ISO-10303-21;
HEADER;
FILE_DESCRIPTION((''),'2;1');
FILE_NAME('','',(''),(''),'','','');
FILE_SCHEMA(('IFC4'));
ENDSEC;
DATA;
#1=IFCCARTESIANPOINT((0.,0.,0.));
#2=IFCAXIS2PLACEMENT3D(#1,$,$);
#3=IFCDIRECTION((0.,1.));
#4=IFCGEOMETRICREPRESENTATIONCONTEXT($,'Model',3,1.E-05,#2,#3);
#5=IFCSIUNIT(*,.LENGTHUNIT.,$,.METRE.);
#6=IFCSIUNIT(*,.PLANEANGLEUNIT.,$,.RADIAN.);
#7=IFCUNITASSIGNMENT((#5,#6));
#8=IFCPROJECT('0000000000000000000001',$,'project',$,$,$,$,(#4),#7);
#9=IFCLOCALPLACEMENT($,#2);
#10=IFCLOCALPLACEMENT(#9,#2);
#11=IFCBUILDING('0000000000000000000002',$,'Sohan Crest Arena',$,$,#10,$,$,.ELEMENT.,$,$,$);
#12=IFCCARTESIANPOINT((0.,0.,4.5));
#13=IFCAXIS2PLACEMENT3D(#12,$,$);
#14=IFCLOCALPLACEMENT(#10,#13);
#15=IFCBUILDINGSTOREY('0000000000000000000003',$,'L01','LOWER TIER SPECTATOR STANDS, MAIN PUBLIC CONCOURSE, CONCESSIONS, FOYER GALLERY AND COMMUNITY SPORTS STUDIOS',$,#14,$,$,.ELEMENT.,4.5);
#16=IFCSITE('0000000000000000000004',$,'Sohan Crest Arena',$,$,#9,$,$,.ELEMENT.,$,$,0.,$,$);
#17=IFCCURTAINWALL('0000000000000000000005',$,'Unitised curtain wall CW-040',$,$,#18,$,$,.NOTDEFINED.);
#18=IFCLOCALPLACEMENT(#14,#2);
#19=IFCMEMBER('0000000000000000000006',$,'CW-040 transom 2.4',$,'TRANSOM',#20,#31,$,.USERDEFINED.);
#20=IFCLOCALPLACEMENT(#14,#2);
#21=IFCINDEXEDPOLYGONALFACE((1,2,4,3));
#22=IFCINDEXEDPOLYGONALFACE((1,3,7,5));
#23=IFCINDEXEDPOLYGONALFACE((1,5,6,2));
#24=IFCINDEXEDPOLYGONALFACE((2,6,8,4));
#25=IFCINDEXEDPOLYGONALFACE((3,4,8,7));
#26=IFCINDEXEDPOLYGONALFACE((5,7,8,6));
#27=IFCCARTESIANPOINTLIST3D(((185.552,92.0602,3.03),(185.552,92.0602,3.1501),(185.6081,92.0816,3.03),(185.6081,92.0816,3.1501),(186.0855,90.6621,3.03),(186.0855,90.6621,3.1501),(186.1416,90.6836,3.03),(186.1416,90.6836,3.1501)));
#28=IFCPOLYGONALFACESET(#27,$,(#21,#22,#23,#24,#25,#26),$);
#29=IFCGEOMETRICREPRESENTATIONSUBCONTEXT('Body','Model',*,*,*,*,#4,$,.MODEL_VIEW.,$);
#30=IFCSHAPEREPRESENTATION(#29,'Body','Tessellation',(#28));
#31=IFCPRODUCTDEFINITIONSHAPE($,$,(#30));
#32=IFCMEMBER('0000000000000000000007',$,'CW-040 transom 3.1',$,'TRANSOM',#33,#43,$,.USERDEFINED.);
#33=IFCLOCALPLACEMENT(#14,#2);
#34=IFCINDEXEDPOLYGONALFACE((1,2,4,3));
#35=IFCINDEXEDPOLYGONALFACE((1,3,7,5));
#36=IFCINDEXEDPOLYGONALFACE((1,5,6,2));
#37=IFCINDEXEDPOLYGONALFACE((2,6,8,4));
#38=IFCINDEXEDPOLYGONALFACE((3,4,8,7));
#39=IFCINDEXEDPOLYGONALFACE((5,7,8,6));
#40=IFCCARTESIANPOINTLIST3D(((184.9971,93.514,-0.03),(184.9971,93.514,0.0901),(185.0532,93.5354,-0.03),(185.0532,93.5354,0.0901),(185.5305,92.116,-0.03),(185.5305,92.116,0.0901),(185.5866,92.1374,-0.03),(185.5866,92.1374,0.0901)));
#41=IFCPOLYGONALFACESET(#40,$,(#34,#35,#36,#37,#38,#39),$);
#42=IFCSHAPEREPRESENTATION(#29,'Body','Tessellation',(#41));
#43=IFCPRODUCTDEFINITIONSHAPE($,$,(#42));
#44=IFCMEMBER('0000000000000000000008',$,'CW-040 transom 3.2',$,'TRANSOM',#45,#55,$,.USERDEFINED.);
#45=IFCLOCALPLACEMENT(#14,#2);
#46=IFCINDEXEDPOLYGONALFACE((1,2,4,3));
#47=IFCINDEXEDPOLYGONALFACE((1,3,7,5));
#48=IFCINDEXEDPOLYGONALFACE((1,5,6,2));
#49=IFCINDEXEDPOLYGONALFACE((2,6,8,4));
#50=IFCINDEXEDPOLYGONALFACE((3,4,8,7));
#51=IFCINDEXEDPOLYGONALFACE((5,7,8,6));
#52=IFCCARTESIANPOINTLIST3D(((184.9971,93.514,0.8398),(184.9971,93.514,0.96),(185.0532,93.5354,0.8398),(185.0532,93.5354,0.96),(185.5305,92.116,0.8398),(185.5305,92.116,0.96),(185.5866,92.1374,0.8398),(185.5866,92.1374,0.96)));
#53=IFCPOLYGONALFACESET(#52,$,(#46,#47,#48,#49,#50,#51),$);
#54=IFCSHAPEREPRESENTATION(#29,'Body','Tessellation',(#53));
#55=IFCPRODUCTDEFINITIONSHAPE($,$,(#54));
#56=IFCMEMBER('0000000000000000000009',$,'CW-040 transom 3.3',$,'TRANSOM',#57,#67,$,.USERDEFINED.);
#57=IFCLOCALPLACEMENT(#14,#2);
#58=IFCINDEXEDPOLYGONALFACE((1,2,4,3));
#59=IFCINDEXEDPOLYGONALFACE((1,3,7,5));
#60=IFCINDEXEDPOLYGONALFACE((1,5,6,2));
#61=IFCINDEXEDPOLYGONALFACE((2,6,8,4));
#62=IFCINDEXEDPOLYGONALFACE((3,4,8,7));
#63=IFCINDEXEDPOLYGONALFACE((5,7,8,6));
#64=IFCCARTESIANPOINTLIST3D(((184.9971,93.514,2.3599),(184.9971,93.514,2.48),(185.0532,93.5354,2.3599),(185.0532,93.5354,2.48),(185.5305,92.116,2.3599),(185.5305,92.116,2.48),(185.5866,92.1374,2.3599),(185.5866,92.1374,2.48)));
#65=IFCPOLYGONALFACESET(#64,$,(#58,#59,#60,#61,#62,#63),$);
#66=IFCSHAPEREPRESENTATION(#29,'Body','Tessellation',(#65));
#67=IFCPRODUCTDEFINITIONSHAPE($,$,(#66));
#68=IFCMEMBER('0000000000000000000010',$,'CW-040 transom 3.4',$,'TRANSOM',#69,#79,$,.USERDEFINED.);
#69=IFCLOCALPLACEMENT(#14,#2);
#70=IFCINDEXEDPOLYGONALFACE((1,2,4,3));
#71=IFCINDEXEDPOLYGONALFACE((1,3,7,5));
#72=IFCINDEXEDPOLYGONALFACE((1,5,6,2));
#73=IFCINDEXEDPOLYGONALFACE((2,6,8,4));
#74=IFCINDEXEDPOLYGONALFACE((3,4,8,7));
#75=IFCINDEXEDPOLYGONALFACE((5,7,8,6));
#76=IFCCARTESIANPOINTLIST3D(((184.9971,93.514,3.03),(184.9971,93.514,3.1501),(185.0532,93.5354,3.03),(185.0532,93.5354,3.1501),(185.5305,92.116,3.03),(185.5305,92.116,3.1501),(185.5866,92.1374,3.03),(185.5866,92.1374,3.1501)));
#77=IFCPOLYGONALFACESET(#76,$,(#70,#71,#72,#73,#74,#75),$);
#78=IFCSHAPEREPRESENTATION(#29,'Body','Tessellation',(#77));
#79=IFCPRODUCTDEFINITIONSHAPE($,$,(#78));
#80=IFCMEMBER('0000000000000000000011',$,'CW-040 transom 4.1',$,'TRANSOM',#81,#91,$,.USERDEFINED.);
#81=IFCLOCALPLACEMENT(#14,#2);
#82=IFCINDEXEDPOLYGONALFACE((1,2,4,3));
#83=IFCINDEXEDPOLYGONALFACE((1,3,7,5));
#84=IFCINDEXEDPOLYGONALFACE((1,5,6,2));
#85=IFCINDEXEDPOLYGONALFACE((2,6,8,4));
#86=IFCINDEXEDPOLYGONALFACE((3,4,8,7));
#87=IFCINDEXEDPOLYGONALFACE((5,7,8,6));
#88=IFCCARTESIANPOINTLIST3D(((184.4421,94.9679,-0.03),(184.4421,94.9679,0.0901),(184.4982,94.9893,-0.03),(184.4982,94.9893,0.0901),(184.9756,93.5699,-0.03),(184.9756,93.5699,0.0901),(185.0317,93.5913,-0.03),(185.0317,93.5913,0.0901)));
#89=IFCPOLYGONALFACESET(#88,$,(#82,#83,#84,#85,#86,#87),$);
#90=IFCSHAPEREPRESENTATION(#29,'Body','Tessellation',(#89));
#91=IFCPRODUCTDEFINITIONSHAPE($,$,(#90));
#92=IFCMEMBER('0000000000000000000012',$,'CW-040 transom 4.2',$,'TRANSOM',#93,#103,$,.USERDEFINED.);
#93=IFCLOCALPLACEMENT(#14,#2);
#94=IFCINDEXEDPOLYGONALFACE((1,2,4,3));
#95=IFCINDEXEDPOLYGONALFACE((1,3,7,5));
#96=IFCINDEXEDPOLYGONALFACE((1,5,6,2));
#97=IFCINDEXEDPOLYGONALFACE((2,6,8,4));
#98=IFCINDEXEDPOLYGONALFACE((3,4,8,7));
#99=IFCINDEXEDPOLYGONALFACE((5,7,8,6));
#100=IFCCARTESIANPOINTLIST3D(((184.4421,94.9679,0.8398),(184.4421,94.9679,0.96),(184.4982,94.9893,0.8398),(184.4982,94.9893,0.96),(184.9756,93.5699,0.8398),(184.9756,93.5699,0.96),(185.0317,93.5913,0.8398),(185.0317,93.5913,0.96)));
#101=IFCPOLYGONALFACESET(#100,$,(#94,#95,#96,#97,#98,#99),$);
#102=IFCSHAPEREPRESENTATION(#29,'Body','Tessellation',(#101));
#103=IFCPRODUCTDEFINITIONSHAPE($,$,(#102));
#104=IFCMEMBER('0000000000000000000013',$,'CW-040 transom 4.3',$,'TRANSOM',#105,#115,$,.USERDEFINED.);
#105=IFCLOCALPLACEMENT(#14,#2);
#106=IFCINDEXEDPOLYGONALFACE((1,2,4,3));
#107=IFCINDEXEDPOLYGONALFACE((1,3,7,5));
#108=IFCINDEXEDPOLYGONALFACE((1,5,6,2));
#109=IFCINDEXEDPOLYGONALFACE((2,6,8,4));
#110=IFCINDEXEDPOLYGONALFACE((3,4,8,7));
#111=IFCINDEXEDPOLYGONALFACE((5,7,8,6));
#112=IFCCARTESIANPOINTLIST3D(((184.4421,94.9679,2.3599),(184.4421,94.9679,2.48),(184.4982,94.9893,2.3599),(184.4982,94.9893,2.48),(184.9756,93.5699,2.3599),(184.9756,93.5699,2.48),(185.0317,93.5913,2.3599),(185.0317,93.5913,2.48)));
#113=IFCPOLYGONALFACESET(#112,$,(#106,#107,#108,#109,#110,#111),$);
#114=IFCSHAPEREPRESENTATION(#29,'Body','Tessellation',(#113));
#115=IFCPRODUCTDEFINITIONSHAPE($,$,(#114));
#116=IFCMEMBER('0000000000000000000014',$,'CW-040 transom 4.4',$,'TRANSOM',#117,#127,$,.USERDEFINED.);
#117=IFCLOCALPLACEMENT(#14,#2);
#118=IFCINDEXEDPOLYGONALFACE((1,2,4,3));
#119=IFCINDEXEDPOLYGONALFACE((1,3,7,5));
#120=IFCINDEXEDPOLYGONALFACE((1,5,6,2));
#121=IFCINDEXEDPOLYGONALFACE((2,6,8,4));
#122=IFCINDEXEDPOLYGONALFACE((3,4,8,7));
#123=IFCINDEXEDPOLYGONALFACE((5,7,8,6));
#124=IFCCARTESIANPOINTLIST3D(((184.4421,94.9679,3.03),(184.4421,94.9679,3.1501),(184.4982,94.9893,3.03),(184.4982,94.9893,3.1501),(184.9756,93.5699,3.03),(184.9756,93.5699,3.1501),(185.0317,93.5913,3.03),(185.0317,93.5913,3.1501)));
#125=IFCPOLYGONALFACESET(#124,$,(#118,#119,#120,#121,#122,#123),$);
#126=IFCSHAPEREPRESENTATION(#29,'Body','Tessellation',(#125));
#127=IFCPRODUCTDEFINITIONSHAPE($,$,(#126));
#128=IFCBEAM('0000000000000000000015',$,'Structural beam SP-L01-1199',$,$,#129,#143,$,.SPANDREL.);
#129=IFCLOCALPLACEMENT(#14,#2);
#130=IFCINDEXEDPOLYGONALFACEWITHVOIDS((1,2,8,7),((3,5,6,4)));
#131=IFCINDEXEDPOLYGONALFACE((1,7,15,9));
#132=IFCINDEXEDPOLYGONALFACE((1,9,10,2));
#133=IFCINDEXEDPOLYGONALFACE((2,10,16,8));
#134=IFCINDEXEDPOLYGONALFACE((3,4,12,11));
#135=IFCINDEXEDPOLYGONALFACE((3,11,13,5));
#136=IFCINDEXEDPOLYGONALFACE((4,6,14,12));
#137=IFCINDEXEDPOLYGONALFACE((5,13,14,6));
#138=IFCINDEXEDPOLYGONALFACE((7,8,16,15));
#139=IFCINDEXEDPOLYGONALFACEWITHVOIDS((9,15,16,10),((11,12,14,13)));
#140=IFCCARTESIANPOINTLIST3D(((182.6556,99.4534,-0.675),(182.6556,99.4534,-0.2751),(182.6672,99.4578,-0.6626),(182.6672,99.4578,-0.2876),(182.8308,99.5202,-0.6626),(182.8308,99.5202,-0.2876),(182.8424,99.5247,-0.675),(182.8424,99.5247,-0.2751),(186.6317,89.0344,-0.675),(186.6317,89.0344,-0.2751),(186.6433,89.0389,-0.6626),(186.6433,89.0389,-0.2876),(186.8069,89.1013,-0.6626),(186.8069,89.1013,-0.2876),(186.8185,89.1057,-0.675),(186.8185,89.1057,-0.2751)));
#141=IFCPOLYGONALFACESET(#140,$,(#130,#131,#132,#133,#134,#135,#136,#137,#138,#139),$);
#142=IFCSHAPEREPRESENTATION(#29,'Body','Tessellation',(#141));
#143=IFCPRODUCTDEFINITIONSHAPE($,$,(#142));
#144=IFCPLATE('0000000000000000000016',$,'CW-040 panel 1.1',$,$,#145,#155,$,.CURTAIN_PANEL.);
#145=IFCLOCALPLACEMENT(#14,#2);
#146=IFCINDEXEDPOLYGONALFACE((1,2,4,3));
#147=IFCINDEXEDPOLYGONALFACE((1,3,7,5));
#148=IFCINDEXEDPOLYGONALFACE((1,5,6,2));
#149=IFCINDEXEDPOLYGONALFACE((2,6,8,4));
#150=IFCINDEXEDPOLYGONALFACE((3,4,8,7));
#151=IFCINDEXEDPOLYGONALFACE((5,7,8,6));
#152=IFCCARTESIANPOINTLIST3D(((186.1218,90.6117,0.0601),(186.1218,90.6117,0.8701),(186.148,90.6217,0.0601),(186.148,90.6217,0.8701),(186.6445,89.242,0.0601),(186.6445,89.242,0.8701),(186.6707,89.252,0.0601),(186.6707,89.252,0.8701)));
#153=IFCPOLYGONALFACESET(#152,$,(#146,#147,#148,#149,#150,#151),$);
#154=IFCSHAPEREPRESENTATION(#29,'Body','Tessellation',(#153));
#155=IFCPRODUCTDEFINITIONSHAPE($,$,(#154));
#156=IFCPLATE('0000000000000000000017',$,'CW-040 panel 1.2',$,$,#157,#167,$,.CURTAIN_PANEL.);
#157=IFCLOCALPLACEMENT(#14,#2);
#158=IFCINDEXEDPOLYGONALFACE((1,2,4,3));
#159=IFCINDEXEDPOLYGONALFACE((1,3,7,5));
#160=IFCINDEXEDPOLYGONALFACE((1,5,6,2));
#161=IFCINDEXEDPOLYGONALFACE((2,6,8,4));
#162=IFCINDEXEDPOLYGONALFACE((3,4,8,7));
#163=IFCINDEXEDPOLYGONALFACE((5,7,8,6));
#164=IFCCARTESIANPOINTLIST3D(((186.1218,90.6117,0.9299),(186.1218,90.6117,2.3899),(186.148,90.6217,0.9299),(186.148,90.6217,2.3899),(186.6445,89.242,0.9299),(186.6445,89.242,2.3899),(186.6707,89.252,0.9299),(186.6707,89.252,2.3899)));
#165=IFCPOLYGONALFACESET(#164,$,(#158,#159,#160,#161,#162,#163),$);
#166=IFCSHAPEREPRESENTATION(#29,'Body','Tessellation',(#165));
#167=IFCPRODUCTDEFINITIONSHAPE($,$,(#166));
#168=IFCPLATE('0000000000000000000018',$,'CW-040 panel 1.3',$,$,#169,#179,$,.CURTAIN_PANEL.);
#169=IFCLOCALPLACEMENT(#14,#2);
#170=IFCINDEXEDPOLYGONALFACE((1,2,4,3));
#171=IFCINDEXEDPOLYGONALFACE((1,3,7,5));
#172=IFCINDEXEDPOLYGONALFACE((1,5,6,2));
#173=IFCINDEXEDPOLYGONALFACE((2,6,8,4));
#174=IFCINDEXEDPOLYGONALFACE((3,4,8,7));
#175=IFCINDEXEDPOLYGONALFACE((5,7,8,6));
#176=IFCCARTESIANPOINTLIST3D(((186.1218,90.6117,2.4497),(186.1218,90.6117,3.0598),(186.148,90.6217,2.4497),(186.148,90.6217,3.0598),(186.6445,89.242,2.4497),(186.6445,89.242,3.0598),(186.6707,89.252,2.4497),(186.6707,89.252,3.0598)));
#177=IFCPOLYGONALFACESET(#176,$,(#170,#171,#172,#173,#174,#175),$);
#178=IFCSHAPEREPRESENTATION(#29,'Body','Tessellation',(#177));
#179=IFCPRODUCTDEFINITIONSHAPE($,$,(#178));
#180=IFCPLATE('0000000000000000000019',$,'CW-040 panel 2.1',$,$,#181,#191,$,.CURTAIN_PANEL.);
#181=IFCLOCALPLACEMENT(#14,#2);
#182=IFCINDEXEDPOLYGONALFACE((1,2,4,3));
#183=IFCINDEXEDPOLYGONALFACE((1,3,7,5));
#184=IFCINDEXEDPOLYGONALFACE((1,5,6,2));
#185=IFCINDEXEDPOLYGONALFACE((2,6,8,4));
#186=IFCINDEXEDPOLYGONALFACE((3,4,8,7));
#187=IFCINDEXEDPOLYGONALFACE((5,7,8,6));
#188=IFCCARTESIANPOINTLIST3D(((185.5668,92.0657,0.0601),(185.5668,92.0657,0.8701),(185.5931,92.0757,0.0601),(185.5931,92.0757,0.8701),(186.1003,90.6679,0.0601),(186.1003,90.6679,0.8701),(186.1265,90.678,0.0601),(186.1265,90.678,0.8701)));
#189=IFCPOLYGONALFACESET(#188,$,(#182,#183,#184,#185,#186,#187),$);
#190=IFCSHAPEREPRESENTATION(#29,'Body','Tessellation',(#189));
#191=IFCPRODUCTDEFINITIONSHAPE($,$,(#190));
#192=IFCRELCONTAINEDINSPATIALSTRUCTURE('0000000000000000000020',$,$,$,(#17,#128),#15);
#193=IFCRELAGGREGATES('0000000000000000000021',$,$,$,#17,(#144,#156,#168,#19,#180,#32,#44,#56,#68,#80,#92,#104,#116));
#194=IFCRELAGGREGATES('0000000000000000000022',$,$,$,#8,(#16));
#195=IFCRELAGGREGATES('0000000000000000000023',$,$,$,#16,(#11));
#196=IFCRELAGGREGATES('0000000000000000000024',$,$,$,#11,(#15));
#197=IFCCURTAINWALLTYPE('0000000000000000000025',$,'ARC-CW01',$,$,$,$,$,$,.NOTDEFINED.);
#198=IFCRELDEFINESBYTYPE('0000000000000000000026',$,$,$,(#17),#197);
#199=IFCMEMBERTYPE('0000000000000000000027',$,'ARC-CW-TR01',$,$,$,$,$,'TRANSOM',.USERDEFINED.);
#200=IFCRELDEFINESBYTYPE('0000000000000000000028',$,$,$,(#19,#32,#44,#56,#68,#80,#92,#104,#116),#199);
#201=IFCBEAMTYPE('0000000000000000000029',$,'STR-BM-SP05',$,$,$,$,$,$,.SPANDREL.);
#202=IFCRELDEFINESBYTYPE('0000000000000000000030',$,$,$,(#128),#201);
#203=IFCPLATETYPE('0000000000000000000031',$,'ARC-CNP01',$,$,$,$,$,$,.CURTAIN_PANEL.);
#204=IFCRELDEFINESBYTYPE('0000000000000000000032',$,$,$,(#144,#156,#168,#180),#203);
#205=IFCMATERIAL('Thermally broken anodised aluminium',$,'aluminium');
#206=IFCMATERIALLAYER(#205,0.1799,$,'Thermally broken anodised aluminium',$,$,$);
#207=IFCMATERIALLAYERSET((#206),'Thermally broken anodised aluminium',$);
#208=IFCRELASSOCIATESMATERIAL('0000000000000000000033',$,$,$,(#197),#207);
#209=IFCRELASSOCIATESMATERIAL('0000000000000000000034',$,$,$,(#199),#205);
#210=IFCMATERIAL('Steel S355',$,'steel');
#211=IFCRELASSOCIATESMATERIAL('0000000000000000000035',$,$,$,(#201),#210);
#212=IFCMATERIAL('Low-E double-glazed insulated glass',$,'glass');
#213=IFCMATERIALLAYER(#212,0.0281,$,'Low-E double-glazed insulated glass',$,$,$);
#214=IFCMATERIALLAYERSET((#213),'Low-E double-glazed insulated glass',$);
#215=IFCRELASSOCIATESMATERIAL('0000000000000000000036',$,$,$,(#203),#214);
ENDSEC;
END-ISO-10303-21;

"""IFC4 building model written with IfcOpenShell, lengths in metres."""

from ifc_helpers import new_model, si_unit, direction, frame, origin, origin_2d, place, context, subcontext, project, spatial, rectangle, hollow_rectangle, extrude, material, layer, layer_set, material_profile, profile_set, type_object, element, aggregate, save


model = new_model("IFC4")

# Units and contexts
model_context = context("Model", 3, precision=1e-05, world=origin(), true_north=direction((0.0, 1.0)))
body_context = subcontext(model_context, "Body", "Model", "MODEL_VIEW")
ifc_project = project(units=[si_unit("LENGTHUNIT", "METRE"), si_unit("PLANEANGLEUNIT", "RADIAN")], contexts=[model_context])

# Site, building, storey
site_placement = place(None, origin())
site = spatial("IfcSite", under=ifc_project, at=site_placement, Name="Sohan Crest Arena", CompositionType="ELEMENT", RefElevation=0.0)
building_placement = place(site_placement, origin())
building = spatial("IfcBuilding", under=site, at=building_placement, Name="Sohan Crest Arena", CompositionType="ELEMENT")
storey_placement = place(building_placement, frame((0.0, 0.0, 4.5)))
storey = spatial("IfcBuildingStorey", under=building, at=storey_placement, Name="L01", Description="LOWER TIER SPECTATOR STANDS, MAIN PUBLIC CONCOURSE, CONCESSIONS, FOYER GALLERY AND COMMUNITY SPORTS STUDIOS", CompositionType="ELEMENT", Elevation=4.5)

# Shared definitions
ifc_material_1 = material(Name="Steel S355", Category="steel")

# Curtain wall
ifc_material_2 = material(Name="Thermally broken anodised aluminium", Category="aluminium")
ifc_layer_1 = layer(ifc_material_2, 0.1799, Name="Thermally broken anodised aluminium")
ifc_layer_set_1 = layer_set([ifc_layer_1], Name="Thermally broken anodised aluminium")
curtain_wall_type_1 = type_object("IfcCurtainWallType", Name="ARC-CW01", PredefinedType="NOTDEFINED", material=ifc_layer_set_1)
curtain_wall_1_placement = place(storey_placement, origin())
curtain_wall_1 = element("IfcCurtainWall", 1, at=curtain_wall_1_placement, inside=storey, type_object=curtain_wall_type_1, Name="Unitised curtain wall CW-040", PredefinedType="NOTDEFINED")

# Members
ifc_material_profile_1 = material_profile(ifc_material_2, rectangle(XDim=0.0601, YDim=0.1201, at=origin_2d()), Name="ALU-TRAN 60x120")
ifc_profile_set_1 = profile_set([ifc_material_profile_1], Name="Thermally broken anodised aluminium")
member_type_1 = type_object("IfcMemberType", Name="ARC-CW-TR01", ElementType="TRANSOM", PredefinedType="USERDEFINED", material=ifc_profile_set_1)
member_1_placement = place(storey_placement, frame((186.1135, 90.6729, 3.0901), z_axis=(-0.356518, 0.934289, 0.0), x_axis=(-0.934289, -0.356518, 0.0)))
member_1 = element("IfcMember", 2, at=member_1_placement, type_object=member_type_1, Name="CW-040 transom 2.4", ObjectType="TRANSOM", PredefinedType="USERDEFINED", context=body_context, shape_type="SweptSolid", body=[
    extrude(rectangle(XDim=0.0601, YDim=0.1201, at=origin_2d()), origin(), (0.0, 0.0, 1.0), 1.4963),
])
member_2_placement = place(storey_placement, frame((185.5586, 92.1267, 0.03), z_axis=(-0.356518, 0.934289, 0.0), x_axis=(-0.934289, -0.356518, 0.0)))
member_2 = element("IfcMember", 3, at=member_2_placement, type_object=member_type_1, Name="CW-040 transom 3.1", ObjectType="TRANSOM", PredefinedType="USERDEFINED", context=body_context, shape_type="SweptSolid", body=[
    extrude(rectangle(XDim=0.0601, YDim=0.1201, at=origin_2d()), origin(), (0.0, 0.0, 1.0), 1.4963),
])
member_3_placement = place(storey_placement, frame((185.5586, 92.1267, 0.8999), z_axis=(-0.356518, 0.934289, 0.0), x_axis=(-0.934289, -0.356518, 0.0)))
member_3 = element("IfcMember", 4, at=member_3_placement, type_object=member_type_1, Name="CW-040 transom 3.2", ObjectType="TRANSOM", PredefinedType="USERDEFINED", context=body_context, shape_type="SweptSolid", body=[
    extrude(rectangle(XDim=0.0601, YDim=0.1201, at=origin_2d()), origin(), (0.0, 0.0, 1.0), 1.4963),
])
member_4_placement = place(storey_placement, frame((185.5586, 92.1267, 2.4199), z_axis=(-0.356518, 0.934289, 0.0), x_axis=(-0.934289, -0.356518, 0.0)))
member_4 = element("IfcMember", 5, at=member_4_placement, type_object=member_type_1, Name="CW-040 transom 3.3", ObjectType="TRANSOM", PredefinedType="USERDEFINED", context=body_context, shape_type="SweptSolid", body=[
    extrude(rectangle(XDim=0.0601, YDim=0.1201, at=origin_2d()), origin(), (0.0, 0.0, 1.0), 1.4963),
])
member_5_placement = place(storey_placement, frame((185.5586, 92.1267, 3.0901), z_axis=(-0.356518, 0.934289, 0.0), x_axis=(-0.934289, -0.356518, 0.0)))
member_5 = element("IfcMember", 6, at=member_5_placement, type_object=member_type_1, Name="CW-040 transom 3.4", ObjectType="TRANSOM", PredefinedType="USERDEFINED", context=body_context, shape_type="SweptSolid", body=[
    extrude(rectangle(XDim=0.0601, YDim=0.1201, at=origin_2d()), origin(), (0.0, 0.0, 1.0), 1.4963),
])
member_6_placement = place(storey_placement, frame((185.0037, 93.5806, 0.03), z_axis=(-0.356518, 0.934289, 0.0), x_axis=(-0.934289, -0.356518, 0.0)))
member_6 = element("IfcMember", 7, at=member_6_placement, type_object=member_type_1, Name="CW-040 transom 4.1", ObjectType="TRANSOM", PredefinedType="USERDEFINED", context=body_context, shape_type="SweptSolid", body=[
    extrude(rectangle(XDim=0.0601, YDim=0.1201, at=origin_2d()), origin(), (0.0, 0.0, 1.0), 1.4963),
])
member_7_placement = place(storey_placement, frame((185.0037, 93.5806, 0.8999), z_axis=(-0.356518, 0.934289, 0.0), x_axis=(-0.934289, -0.356518, 0.0)))
member_7 = element("IfcMember", 8, at=member_7_placement, type_object=member_type_1, Name="CW-040 transom 4.2", ObjectType="TRANSOM", PredefinedType="USERDEFINED", context=body_context, shape_type="SweptSolid", body=[
    extrude(rectangle(XDim=0.0601, YDim=0.1201, at=origin_2d()), origin(), (0.0, 0.0, 1.0), 1.4963),
])
member_8_placement = place(storey_placement, frame((185.0037, 93.5806, 2.4199), z_axis=(-0.356518, 0.934289, 0.0), x_axis=(-0.934289, -0.356518, 0.0)))
member_8 = element("IfcMember", 9, at=member_8_placement, type_object=member_type_1, Name="CW-040 transom 4.3", ObjectType="TRANSOM", PredefinedType="USERDEFINED", context=body_context, shape_type="SweptSolid", body=[
    extrude(rectangle(XDim=0.0601, YDim=0.1201, at=origin_2d()), origin(), (0.0, 0.0, 1.0), 1.4963),
])
member_9_placement = place(storey_placement, frame((185.0037, 93.5806, 3.0901), z_axis=(-0.356518, 0.934289, 0.0), x_axis=(-0.934289, -0.356518, 0.0)))
member_9 = element("IfcMember", 10, at=member_9_placement, type_object=member_type_1, Name="CW-040 transom 4.4", ObjectType="TRANSOM", PredefinedType="USERDEFINED", context=body_context, shape_type="SweptSolid", body=[
    extrude(rectangle(XDim=0.0601, YDim=0.1201, at=origin_2d()), origin(), (0.0, 0.0, 1.0), 1.4963),
])

# Beam
ifc_material_profile_2 = material_profile(ifc_material_1, hollow_rectangle(XDim=0.2, YDim=0.3999, WallThickness=0.0125, at=origin_2d()), Name="RHS 400x200x12.5")
ifc_profile_set_2 = profile_set([ifc_material_profile_2], Name="Steel S355")
beam_type = type_object("IfcBeamType", Name="STR-BM-SP05", PredefinedType="SPANDREL", material=ifc_profile_set_2)
beam_placement = place(storey_placement, frame((186.7251, 89.0701, -0.4751), z_axis=(-0.35654, 0.93428, 0.0), x_axis=(-0.93428, -0.35654, 0.0)))
element("IfcBeam", 11, at=beam_placement, inside=storey, type_object=beam_type, Name="Structural beam SP-L01-1199", PredefinedType="SPANDREL", context=body_context, shape_type="SweptSolid", body=[
    extrude(hollow_rectangle(XDim=0.2, YDim=0.3999, WallThickness=0.0125, at=origin_2d()), origin(), (0.0, 0.0, 1.0), 11.1519),
])

# Plates
ifc_material_3 = material(Name="Low-E double-glazed insulated glass", Category="glass")
ifc_layer_2 = layer(ifc_material_3, 0.0281, Name="Low-E double-glazed insulated glass")
ifc_layer_set_2 = layer_set([ifc_layer_2], Name="Low-E double-glazed insulated glass")
plate_type_1 = type_object("IfcPlateType", Name="ARC-CNP01", PredefinedType="CURTAIN_PANEL", material=ifc_layer_set_2)
plate_1_placement = place(storey_placement, frame((186.3962, 89.9319, 0.0601), z_axis=(0.0, 0.0, 1.0), x_axis=(-0.35656, 0.934272, 0.0)))
plate_1 = element("IfcPlate", 12, at=plate_1_placement, type_object=plate_type_1, Name="CW-040 panel 1.1", PredefinedType="CURTAIN_PANEL", context=body_context, shape_type="SweptSolid", body=[
    extrude(rectangle(XDim=1.4661, YDim=0.0281, at=origin_2d()), origin(), (0.0, 0.0, 1.0), 0.8101),
])
plate_2_placement = place(storey_placement, frame((186.3962, 89.9319, 0.9299), z_axis=(0.0, 0.0, 1.0), x_axis=(-0.35656, 0.934272, 0.0)))
plate_2 = element("IfcPlate", 13, at=plate_2_placement, type_object=plate_type_1, Name="CW-040 panel 1.2", PredefinedType="CURTAIN_PANEL", context=body_context, shape_type="SweptSolid", body=[
    extrude(rectangle(XDim=1.4661, YDim=0.0281, at=origin_2d()), origin(), (0.0, 0.0, 1.0), 1.46),
])
plate_3_placement = place(storey_placement, frame((186.3962, 89.9319, 2.4497), z_axis=(0.0, 0.0, 1.0), x_axis=(-0.35656, 0.934272, 0.0)))
plate_3 = element("IfcPlate", 14, at=plate_3_placement, type_object=plate_type_1, Name="CW-040 panel 1.3", PredefinedType="CURTAIN_PANEL", context=body_context, shape_type="SweptSolid", body=[
    extrude(rectangle(XDim=1.4661, YDim=0.0281, at=origin_2d()), origin(), (0.0, 0.0, 1.0), 0.6101),
])
plate_4_placement = place(storey_placement, frame((185.8467, 91.3718, 0.0601), z_axis=(0.0, 0.0, 1.0), x_axis=(-0.35656, 0.934272, 0.0)))
plate_4 = element("IfcPlate", 15, at=plate_4_placement, type_object=plate_type_1, Name="CW-040 panel 2.1", PredefinedType="CURTAIN_PANEL", context=body_context, shape_type="SweptSolid", body=[
    extrude(rectangle(XDim=1.4961, YDim=0.0281, at=origin_2d()), origin(), (0.0, 0.0, 1.0), 0.8101),
])
aggregate(curtain_wall_1, [plate_1, plate_2, plate_3, member_1, plate_4, member_2, member_3, member_4, member_5, member_6, member_7, member_8, member_9])

save(model, "model.ifc")
